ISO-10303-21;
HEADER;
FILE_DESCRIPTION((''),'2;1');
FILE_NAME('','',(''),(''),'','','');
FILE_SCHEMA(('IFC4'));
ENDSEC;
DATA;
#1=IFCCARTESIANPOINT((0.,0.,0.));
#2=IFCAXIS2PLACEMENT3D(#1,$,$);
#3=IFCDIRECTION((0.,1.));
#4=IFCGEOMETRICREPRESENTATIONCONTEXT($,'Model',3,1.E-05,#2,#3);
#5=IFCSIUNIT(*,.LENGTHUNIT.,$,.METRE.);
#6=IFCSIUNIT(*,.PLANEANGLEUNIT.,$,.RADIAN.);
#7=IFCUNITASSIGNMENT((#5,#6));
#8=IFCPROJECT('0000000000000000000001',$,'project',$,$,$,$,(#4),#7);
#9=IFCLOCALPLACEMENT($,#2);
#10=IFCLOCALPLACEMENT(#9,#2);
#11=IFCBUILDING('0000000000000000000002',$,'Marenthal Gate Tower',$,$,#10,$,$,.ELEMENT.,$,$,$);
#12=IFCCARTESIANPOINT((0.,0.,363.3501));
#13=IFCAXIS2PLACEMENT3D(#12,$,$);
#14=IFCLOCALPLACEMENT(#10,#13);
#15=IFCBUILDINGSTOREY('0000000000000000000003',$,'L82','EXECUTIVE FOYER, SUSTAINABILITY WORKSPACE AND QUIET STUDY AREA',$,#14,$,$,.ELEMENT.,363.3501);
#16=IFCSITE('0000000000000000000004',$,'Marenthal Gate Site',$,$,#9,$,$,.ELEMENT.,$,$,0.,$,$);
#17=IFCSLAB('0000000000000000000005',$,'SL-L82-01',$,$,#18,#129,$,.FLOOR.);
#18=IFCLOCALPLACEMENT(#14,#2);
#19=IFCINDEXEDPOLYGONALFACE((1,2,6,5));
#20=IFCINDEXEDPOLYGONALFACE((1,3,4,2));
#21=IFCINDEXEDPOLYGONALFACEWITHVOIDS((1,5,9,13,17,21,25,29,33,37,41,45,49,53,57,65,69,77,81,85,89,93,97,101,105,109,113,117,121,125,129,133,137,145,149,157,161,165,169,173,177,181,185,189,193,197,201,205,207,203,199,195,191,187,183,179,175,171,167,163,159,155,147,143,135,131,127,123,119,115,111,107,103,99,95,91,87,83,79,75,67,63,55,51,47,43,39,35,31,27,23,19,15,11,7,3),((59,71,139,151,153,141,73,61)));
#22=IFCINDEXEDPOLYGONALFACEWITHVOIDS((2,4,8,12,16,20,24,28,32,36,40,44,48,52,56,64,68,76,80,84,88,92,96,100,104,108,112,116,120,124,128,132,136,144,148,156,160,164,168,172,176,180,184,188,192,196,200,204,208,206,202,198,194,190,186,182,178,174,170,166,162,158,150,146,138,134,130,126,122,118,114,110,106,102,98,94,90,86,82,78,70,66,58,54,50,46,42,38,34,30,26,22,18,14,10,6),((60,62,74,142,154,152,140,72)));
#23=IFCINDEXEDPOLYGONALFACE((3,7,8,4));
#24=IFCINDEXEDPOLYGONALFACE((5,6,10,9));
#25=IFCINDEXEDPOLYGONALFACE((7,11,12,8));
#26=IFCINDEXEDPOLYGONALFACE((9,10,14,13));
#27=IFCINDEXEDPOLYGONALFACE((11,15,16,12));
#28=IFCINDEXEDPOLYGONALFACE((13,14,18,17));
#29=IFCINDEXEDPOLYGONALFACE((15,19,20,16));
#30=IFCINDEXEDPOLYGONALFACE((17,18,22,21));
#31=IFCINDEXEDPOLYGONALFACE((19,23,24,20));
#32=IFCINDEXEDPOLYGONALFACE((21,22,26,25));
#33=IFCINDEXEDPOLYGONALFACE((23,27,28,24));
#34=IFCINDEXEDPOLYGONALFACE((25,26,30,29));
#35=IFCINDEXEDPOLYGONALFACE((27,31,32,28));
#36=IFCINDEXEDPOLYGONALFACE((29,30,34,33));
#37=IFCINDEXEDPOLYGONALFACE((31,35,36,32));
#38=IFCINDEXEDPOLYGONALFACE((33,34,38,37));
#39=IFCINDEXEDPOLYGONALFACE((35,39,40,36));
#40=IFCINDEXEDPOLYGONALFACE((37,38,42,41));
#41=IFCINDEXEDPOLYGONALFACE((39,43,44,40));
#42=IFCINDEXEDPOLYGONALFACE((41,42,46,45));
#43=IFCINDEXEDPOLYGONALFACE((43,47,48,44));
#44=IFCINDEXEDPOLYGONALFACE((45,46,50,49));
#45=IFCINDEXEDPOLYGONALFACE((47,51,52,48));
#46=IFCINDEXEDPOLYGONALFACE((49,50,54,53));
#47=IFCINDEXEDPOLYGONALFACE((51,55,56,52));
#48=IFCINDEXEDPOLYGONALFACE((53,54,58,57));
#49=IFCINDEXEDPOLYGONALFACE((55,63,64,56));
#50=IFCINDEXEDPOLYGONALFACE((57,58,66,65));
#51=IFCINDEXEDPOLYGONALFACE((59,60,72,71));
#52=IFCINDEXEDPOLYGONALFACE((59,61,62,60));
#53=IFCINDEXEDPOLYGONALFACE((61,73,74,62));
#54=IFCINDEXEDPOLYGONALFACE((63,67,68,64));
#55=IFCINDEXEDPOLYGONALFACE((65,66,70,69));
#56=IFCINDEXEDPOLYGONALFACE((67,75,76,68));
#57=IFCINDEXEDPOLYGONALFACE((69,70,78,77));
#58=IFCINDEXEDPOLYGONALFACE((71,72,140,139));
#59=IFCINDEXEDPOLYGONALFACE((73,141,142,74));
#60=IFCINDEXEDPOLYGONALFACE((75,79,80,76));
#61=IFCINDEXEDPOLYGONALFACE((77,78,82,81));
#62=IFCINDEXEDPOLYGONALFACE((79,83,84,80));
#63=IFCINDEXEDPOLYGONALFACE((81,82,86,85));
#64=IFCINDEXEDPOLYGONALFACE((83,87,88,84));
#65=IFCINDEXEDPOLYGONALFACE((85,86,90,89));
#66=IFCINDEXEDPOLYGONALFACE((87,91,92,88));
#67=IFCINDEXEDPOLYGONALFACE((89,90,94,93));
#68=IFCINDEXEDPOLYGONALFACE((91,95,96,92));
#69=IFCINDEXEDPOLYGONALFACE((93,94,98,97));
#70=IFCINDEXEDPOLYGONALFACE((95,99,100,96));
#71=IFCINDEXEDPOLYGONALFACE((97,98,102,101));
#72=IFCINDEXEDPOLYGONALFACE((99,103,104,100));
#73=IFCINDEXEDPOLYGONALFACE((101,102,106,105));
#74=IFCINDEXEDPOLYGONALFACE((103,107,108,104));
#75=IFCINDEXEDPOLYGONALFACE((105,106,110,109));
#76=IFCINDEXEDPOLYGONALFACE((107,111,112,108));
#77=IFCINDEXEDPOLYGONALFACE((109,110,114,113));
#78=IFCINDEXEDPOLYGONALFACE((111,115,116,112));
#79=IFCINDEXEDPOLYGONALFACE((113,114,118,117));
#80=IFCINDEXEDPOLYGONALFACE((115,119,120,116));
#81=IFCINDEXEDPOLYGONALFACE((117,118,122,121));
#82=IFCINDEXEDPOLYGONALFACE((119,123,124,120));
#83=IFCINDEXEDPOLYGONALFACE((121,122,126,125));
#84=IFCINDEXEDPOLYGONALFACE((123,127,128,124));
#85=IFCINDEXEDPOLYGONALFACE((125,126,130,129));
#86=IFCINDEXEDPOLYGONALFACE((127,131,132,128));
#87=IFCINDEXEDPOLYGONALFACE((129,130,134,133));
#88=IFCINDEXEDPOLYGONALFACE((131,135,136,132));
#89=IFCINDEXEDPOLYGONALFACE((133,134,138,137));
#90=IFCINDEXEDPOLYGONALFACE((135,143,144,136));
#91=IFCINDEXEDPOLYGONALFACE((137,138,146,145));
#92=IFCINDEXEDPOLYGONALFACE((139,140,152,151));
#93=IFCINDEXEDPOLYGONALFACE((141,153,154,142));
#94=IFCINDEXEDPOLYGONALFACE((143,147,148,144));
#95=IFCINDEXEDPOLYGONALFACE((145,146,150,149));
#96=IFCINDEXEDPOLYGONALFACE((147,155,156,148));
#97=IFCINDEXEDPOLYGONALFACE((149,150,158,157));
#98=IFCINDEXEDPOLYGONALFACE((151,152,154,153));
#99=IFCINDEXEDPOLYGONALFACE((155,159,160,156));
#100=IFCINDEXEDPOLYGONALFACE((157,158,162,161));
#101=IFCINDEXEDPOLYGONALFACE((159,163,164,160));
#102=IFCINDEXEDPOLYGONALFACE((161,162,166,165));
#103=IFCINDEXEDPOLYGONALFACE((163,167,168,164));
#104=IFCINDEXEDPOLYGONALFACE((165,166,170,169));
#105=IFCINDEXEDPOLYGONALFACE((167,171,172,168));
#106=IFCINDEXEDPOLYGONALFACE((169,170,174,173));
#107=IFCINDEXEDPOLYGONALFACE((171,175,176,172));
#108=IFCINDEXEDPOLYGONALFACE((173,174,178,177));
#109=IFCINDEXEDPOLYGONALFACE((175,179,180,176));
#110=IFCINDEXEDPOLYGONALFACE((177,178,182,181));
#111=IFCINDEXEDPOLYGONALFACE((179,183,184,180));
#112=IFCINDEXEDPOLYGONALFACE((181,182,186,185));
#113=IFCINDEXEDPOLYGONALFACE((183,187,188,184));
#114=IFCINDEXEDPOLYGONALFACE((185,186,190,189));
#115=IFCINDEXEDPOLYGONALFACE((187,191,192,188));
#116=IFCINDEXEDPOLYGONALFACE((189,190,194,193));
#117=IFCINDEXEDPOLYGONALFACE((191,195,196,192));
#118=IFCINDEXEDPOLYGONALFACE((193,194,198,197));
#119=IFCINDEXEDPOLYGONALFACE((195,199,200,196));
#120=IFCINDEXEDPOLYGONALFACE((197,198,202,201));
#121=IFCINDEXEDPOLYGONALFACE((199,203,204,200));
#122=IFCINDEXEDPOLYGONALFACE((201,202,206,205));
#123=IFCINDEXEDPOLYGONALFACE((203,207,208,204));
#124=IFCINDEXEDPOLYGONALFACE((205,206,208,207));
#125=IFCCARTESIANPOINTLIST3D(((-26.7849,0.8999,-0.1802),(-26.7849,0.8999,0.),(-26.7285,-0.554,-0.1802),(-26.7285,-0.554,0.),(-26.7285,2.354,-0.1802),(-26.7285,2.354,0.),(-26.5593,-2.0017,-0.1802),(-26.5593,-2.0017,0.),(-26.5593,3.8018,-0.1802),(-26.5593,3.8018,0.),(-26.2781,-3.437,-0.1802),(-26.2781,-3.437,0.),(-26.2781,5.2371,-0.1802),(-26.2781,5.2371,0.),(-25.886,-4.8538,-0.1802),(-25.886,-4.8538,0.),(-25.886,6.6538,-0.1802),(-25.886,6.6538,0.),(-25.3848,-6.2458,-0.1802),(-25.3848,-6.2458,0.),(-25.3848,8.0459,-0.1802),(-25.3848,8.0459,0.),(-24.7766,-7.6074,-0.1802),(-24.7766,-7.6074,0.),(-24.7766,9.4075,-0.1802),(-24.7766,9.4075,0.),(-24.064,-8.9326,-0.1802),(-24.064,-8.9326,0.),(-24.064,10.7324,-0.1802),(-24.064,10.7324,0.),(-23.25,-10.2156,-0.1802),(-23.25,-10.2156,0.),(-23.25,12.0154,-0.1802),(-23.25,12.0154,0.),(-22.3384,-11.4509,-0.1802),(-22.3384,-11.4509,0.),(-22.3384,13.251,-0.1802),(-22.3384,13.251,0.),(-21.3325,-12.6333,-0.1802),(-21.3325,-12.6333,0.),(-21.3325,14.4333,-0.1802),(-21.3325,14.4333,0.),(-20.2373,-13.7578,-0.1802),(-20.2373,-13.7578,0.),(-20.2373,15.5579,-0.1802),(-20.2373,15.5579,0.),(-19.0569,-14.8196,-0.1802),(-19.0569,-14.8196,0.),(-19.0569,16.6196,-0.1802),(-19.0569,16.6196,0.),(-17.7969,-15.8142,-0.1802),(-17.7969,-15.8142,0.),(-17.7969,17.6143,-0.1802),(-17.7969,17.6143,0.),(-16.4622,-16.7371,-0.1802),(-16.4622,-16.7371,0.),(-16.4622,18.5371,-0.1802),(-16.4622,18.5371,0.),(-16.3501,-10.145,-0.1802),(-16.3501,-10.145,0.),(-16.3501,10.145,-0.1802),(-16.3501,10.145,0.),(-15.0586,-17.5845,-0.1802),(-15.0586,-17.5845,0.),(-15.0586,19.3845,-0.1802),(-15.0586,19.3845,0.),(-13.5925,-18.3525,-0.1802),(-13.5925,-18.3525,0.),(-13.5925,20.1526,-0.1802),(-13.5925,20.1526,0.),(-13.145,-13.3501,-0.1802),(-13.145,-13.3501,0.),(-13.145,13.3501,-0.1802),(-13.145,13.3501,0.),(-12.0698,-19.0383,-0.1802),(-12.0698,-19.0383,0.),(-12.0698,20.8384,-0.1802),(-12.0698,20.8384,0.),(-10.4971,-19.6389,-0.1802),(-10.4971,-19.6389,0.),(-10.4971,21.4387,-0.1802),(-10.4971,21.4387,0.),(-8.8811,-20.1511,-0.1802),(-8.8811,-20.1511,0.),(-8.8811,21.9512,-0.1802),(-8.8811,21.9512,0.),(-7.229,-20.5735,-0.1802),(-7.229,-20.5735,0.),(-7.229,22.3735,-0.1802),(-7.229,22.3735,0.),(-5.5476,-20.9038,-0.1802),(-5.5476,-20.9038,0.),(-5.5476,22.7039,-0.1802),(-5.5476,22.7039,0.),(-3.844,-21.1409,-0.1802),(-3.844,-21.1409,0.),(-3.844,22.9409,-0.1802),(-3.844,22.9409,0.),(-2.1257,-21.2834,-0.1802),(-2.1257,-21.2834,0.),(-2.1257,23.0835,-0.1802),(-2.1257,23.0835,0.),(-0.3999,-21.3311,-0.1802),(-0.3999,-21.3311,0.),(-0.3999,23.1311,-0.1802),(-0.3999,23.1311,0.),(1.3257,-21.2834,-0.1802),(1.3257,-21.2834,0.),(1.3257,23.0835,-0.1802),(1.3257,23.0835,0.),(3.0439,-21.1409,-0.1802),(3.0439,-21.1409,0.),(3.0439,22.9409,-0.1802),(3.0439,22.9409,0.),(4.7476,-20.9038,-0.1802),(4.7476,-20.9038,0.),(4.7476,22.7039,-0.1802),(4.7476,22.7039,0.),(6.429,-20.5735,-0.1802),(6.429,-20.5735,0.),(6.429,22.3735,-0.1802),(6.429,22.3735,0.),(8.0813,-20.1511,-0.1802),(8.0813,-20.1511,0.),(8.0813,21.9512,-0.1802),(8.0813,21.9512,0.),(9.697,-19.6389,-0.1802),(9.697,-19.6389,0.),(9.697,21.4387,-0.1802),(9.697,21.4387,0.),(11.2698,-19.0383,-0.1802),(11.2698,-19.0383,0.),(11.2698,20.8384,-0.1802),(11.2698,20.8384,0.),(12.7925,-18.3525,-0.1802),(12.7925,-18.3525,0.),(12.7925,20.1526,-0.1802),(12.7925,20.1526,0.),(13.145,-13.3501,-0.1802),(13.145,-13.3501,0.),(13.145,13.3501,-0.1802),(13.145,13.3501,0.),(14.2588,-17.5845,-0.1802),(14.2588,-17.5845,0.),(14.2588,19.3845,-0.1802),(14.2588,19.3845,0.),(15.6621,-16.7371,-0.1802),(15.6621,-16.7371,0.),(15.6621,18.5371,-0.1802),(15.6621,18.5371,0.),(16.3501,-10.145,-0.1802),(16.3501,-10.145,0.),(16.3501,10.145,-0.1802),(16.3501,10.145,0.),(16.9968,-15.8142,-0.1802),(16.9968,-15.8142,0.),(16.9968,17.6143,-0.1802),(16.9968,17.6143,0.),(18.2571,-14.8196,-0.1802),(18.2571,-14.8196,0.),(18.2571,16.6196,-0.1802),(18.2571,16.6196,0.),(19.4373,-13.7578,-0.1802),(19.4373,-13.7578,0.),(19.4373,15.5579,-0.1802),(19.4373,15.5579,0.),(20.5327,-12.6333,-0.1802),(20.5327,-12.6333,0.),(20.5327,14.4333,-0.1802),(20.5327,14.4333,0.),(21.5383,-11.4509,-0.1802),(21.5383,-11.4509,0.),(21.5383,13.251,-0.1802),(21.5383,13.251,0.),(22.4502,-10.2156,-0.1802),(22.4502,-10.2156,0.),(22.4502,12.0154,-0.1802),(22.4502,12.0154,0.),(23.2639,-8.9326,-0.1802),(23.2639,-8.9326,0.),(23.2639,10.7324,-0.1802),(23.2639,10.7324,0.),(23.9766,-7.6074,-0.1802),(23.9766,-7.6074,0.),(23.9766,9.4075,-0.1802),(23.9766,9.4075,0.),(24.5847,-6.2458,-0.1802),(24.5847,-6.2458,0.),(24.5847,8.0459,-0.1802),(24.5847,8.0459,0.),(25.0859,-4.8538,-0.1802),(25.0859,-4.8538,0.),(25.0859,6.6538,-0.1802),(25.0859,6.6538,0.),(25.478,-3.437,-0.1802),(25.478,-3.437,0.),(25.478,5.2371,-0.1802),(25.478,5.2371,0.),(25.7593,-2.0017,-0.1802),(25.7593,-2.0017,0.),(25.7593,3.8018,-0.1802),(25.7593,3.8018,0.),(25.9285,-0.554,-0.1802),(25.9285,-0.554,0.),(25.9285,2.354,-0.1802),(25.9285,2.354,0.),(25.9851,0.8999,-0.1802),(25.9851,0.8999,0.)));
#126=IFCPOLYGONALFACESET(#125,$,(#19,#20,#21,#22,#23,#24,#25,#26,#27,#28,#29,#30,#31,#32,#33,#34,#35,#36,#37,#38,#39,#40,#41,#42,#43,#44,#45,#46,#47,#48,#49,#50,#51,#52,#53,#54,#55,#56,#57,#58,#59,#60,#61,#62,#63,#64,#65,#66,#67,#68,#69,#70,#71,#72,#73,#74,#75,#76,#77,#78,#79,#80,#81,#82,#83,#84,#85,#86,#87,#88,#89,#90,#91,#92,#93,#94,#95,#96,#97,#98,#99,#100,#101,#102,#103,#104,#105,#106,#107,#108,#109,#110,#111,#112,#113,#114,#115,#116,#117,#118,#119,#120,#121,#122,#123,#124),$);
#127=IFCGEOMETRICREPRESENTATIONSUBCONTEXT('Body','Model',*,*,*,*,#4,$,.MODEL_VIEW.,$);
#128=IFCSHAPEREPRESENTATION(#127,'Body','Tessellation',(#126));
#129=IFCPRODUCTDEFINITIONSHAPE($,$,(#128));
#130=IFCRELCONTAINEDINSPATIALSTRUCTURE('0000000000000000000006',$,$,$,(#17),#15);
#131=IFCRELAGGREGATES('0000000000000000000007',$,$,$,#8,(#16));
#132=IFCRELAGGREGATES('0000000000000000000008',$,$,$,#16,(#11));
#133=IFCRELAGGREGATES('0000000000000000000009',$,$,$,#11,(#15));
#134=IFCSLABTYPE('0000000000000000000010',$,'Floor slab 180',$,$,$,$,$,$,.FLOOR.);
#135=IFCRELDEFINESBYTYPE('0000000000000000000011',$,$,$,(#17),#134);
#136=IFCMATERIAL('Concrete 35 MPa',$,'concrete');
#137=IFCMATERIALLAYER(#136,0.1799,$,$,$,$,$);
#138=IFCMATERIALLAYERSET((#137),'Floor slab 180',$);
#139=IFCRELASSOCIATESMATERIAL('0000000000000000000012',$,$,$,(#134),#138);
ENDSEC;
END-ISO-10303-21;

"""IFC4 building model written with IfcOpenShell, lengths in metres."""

from ifc_helpers import new_model, si_unit, direction, frame, origin, place, context, subcontext, project, spatial, polyline, outline, extrude, material, layer, layer_set, type_object, element, save


model = new_model("IFC4")

# Units and contexts
model_context = context("Model", 3, precision=1e-05, world=origin(), true_north=direction((0.0, 1.0)))
body_context = subcontext(model_context, "Body", "Model", "MODEL_VIEW")
ifc_project = project(units=[si_unit("LENGTHUNIT", "METRE"), si_unit("PLANEANGLEUNIT", "RADIAN")], contexts=[model_context])

# Site, building, storey
site_placement = place(None, origin())
site = spatial("IfcSite", under=ifc_project, at=site_placement, Name="Marenthal Gate Site", CompositionType="ELEMENT", RefElevation=0.0)
building_placement = place(site_placement, origin())
building = spatial("IfcBuilding", under=site, at=building_placement, Name="Marenthal Gate Tower", CompositionType="ELEMENT")
storey_placement = place(building_placement, frame((0.0, 0.0, 363.3501)))
storey = spatial("IfcBuildingStorey", under=building, at=storey_placement, Name="L82", Description="EXECUTIVE FOYER, SUSTAINABILITY WORKSPACE AND QUIET STUDY AREA", CompositionType="ELEMENT", Elevation=363.3501)

# Slab
ifc_material_1 = material(Name="Concrete 35 MPa", Category="concrete")
ifc_layer_1 = layer(ifc_material_1, 0.1799)
ifc_layer_set_1 = layer_set([ifc_layer_1], Name="Floor slab 180")
slab_type = type_object("IfcSlabType", Name="Floor slab 180", PredefinedType="FLOOR", material=ifc_layer_set_1)
slab_placement = place(storey_placement, frame((0.0, 0.0, -0.1802)))
element("IfcSlab", 1, at=slab_placement, inside=storey, type_object=slab_type, Name="SL-L82-01", PredefinedType="FLOOR", context=body_context, shape_type="SweptSolid", body=[
    extrude(outline(polyline([(25.9851, 0.8999), (25.9285, 2.354), (25.7593, 3.8018), (25.478, 5.2371), (25.0859, 6.6538), (24.5847, 8.0459), (23.9766, 9.4075), (23.2639, 10.7324), (22.4502, 12.0154), (21.5383, 13.251), (20.5327, 14.4333), (19.4373, 15.5579), (18.2571, 16.6196), (16.9968, 17.6143), (15.6621, 18.5371), (14.2588, 19.3845), (12.7925, 20.1526), (11.2698, 20.8384), (9.697, 21.4387), (8.0813, 21.9512), (6.429, 22.3735), (4.7476, 22.7039), (3.0439, 22.9409), (1.3257, 23.0835), (-0.3999, 23.1311), (-2.1257, 23.0835), (-3.844, 22.9409), (-5.5476, 22.7039), (-7.229, 22.3735), (-8.8811, 21.9512), (-10.4971, 21.4387), (-12.0698, 20.8384), (-13.5925, 20.1526), (-15.0586, 19.3845), (-16.4622, 18.5371), (-17.7969, 17.6143), (-19.0569, 16.6196), (-20.2373, 15.5579), (-21.3325, 14.4333), (-22.3384, 13.251), (-23.25, 12.0154), (-24.064, 10.7324), (-24.7766, 9.4075), (-25.3848, 8.0459), (-25.886, 6.6538), (-26.2781, 5.2371), (-26.5593, 3.8018), (-26.7285, 2.354), (-26.7849, 0.8999), (-26.7285, -0.554), (-26.5593, -2.0017), (-26.2781, -3.437), (-25.886, -4.8538), (-25.3848, -6.2458), (-24.7766, -7.6074), (-24.064, -8.9326), (-23.25, -10.2156), (-22.3384, -11.4509), (-21.3325, -12.6333), (-20.2373, -13.7578), (-19.0569, -14.8196), (-17.7969, -15.8142), (-16.4622, -16.7371), (-15.0586, -17.5845), (-13.5925, -18.3525), (-12.0698, -19.0383), (-10.4971, -19.6389), (-8.8811, -20.1511), (-7.229, -20.5735), (-5.5476, -20.9038), (-3.844, -21.1409), (-2.1257, -21.2834), (-0.3999, -21.3311), (1.3257, -21.2834), (3.0439, -21.1409), (4.7476, -20.9038), (6.429, -20.5735), (8.0813, -20.1511), (9.697, -19.6389), (11.2698, -19.0383), (12.7925, -18.3525), (14.2588, -17.5845), (15.6621, -16.7371), (16.9968, -15.8142), (18.2571, -14.8196), (19.4373, -13.7578), (20.5327, -12.6333), (21.5383, -11.4509), (22.4502, -10.2156), (23.2639, -8.9326), (23.9766, -7.6074), (24.5847, -6.2458), (25.0859, -4.8538), (25.478, -3.437), (25.7593, -2.0017), (25.9285, -0.554), (25.9851, 0.8999)]), holes=[polyline([(13.145, -13.3501), (16.3501, -10.145), (16.3501, 10.145), (13.145, 13.3501), (-13.145, 13.3501), (-16.3501, 10.145), (-16.3501, -10.145), (-13.145, -13.3501), (13.145, -13.3501)])]), origin(), (0.0, 0.0, 1.0), 0.1802),
])

save(model, "model.ifc")
